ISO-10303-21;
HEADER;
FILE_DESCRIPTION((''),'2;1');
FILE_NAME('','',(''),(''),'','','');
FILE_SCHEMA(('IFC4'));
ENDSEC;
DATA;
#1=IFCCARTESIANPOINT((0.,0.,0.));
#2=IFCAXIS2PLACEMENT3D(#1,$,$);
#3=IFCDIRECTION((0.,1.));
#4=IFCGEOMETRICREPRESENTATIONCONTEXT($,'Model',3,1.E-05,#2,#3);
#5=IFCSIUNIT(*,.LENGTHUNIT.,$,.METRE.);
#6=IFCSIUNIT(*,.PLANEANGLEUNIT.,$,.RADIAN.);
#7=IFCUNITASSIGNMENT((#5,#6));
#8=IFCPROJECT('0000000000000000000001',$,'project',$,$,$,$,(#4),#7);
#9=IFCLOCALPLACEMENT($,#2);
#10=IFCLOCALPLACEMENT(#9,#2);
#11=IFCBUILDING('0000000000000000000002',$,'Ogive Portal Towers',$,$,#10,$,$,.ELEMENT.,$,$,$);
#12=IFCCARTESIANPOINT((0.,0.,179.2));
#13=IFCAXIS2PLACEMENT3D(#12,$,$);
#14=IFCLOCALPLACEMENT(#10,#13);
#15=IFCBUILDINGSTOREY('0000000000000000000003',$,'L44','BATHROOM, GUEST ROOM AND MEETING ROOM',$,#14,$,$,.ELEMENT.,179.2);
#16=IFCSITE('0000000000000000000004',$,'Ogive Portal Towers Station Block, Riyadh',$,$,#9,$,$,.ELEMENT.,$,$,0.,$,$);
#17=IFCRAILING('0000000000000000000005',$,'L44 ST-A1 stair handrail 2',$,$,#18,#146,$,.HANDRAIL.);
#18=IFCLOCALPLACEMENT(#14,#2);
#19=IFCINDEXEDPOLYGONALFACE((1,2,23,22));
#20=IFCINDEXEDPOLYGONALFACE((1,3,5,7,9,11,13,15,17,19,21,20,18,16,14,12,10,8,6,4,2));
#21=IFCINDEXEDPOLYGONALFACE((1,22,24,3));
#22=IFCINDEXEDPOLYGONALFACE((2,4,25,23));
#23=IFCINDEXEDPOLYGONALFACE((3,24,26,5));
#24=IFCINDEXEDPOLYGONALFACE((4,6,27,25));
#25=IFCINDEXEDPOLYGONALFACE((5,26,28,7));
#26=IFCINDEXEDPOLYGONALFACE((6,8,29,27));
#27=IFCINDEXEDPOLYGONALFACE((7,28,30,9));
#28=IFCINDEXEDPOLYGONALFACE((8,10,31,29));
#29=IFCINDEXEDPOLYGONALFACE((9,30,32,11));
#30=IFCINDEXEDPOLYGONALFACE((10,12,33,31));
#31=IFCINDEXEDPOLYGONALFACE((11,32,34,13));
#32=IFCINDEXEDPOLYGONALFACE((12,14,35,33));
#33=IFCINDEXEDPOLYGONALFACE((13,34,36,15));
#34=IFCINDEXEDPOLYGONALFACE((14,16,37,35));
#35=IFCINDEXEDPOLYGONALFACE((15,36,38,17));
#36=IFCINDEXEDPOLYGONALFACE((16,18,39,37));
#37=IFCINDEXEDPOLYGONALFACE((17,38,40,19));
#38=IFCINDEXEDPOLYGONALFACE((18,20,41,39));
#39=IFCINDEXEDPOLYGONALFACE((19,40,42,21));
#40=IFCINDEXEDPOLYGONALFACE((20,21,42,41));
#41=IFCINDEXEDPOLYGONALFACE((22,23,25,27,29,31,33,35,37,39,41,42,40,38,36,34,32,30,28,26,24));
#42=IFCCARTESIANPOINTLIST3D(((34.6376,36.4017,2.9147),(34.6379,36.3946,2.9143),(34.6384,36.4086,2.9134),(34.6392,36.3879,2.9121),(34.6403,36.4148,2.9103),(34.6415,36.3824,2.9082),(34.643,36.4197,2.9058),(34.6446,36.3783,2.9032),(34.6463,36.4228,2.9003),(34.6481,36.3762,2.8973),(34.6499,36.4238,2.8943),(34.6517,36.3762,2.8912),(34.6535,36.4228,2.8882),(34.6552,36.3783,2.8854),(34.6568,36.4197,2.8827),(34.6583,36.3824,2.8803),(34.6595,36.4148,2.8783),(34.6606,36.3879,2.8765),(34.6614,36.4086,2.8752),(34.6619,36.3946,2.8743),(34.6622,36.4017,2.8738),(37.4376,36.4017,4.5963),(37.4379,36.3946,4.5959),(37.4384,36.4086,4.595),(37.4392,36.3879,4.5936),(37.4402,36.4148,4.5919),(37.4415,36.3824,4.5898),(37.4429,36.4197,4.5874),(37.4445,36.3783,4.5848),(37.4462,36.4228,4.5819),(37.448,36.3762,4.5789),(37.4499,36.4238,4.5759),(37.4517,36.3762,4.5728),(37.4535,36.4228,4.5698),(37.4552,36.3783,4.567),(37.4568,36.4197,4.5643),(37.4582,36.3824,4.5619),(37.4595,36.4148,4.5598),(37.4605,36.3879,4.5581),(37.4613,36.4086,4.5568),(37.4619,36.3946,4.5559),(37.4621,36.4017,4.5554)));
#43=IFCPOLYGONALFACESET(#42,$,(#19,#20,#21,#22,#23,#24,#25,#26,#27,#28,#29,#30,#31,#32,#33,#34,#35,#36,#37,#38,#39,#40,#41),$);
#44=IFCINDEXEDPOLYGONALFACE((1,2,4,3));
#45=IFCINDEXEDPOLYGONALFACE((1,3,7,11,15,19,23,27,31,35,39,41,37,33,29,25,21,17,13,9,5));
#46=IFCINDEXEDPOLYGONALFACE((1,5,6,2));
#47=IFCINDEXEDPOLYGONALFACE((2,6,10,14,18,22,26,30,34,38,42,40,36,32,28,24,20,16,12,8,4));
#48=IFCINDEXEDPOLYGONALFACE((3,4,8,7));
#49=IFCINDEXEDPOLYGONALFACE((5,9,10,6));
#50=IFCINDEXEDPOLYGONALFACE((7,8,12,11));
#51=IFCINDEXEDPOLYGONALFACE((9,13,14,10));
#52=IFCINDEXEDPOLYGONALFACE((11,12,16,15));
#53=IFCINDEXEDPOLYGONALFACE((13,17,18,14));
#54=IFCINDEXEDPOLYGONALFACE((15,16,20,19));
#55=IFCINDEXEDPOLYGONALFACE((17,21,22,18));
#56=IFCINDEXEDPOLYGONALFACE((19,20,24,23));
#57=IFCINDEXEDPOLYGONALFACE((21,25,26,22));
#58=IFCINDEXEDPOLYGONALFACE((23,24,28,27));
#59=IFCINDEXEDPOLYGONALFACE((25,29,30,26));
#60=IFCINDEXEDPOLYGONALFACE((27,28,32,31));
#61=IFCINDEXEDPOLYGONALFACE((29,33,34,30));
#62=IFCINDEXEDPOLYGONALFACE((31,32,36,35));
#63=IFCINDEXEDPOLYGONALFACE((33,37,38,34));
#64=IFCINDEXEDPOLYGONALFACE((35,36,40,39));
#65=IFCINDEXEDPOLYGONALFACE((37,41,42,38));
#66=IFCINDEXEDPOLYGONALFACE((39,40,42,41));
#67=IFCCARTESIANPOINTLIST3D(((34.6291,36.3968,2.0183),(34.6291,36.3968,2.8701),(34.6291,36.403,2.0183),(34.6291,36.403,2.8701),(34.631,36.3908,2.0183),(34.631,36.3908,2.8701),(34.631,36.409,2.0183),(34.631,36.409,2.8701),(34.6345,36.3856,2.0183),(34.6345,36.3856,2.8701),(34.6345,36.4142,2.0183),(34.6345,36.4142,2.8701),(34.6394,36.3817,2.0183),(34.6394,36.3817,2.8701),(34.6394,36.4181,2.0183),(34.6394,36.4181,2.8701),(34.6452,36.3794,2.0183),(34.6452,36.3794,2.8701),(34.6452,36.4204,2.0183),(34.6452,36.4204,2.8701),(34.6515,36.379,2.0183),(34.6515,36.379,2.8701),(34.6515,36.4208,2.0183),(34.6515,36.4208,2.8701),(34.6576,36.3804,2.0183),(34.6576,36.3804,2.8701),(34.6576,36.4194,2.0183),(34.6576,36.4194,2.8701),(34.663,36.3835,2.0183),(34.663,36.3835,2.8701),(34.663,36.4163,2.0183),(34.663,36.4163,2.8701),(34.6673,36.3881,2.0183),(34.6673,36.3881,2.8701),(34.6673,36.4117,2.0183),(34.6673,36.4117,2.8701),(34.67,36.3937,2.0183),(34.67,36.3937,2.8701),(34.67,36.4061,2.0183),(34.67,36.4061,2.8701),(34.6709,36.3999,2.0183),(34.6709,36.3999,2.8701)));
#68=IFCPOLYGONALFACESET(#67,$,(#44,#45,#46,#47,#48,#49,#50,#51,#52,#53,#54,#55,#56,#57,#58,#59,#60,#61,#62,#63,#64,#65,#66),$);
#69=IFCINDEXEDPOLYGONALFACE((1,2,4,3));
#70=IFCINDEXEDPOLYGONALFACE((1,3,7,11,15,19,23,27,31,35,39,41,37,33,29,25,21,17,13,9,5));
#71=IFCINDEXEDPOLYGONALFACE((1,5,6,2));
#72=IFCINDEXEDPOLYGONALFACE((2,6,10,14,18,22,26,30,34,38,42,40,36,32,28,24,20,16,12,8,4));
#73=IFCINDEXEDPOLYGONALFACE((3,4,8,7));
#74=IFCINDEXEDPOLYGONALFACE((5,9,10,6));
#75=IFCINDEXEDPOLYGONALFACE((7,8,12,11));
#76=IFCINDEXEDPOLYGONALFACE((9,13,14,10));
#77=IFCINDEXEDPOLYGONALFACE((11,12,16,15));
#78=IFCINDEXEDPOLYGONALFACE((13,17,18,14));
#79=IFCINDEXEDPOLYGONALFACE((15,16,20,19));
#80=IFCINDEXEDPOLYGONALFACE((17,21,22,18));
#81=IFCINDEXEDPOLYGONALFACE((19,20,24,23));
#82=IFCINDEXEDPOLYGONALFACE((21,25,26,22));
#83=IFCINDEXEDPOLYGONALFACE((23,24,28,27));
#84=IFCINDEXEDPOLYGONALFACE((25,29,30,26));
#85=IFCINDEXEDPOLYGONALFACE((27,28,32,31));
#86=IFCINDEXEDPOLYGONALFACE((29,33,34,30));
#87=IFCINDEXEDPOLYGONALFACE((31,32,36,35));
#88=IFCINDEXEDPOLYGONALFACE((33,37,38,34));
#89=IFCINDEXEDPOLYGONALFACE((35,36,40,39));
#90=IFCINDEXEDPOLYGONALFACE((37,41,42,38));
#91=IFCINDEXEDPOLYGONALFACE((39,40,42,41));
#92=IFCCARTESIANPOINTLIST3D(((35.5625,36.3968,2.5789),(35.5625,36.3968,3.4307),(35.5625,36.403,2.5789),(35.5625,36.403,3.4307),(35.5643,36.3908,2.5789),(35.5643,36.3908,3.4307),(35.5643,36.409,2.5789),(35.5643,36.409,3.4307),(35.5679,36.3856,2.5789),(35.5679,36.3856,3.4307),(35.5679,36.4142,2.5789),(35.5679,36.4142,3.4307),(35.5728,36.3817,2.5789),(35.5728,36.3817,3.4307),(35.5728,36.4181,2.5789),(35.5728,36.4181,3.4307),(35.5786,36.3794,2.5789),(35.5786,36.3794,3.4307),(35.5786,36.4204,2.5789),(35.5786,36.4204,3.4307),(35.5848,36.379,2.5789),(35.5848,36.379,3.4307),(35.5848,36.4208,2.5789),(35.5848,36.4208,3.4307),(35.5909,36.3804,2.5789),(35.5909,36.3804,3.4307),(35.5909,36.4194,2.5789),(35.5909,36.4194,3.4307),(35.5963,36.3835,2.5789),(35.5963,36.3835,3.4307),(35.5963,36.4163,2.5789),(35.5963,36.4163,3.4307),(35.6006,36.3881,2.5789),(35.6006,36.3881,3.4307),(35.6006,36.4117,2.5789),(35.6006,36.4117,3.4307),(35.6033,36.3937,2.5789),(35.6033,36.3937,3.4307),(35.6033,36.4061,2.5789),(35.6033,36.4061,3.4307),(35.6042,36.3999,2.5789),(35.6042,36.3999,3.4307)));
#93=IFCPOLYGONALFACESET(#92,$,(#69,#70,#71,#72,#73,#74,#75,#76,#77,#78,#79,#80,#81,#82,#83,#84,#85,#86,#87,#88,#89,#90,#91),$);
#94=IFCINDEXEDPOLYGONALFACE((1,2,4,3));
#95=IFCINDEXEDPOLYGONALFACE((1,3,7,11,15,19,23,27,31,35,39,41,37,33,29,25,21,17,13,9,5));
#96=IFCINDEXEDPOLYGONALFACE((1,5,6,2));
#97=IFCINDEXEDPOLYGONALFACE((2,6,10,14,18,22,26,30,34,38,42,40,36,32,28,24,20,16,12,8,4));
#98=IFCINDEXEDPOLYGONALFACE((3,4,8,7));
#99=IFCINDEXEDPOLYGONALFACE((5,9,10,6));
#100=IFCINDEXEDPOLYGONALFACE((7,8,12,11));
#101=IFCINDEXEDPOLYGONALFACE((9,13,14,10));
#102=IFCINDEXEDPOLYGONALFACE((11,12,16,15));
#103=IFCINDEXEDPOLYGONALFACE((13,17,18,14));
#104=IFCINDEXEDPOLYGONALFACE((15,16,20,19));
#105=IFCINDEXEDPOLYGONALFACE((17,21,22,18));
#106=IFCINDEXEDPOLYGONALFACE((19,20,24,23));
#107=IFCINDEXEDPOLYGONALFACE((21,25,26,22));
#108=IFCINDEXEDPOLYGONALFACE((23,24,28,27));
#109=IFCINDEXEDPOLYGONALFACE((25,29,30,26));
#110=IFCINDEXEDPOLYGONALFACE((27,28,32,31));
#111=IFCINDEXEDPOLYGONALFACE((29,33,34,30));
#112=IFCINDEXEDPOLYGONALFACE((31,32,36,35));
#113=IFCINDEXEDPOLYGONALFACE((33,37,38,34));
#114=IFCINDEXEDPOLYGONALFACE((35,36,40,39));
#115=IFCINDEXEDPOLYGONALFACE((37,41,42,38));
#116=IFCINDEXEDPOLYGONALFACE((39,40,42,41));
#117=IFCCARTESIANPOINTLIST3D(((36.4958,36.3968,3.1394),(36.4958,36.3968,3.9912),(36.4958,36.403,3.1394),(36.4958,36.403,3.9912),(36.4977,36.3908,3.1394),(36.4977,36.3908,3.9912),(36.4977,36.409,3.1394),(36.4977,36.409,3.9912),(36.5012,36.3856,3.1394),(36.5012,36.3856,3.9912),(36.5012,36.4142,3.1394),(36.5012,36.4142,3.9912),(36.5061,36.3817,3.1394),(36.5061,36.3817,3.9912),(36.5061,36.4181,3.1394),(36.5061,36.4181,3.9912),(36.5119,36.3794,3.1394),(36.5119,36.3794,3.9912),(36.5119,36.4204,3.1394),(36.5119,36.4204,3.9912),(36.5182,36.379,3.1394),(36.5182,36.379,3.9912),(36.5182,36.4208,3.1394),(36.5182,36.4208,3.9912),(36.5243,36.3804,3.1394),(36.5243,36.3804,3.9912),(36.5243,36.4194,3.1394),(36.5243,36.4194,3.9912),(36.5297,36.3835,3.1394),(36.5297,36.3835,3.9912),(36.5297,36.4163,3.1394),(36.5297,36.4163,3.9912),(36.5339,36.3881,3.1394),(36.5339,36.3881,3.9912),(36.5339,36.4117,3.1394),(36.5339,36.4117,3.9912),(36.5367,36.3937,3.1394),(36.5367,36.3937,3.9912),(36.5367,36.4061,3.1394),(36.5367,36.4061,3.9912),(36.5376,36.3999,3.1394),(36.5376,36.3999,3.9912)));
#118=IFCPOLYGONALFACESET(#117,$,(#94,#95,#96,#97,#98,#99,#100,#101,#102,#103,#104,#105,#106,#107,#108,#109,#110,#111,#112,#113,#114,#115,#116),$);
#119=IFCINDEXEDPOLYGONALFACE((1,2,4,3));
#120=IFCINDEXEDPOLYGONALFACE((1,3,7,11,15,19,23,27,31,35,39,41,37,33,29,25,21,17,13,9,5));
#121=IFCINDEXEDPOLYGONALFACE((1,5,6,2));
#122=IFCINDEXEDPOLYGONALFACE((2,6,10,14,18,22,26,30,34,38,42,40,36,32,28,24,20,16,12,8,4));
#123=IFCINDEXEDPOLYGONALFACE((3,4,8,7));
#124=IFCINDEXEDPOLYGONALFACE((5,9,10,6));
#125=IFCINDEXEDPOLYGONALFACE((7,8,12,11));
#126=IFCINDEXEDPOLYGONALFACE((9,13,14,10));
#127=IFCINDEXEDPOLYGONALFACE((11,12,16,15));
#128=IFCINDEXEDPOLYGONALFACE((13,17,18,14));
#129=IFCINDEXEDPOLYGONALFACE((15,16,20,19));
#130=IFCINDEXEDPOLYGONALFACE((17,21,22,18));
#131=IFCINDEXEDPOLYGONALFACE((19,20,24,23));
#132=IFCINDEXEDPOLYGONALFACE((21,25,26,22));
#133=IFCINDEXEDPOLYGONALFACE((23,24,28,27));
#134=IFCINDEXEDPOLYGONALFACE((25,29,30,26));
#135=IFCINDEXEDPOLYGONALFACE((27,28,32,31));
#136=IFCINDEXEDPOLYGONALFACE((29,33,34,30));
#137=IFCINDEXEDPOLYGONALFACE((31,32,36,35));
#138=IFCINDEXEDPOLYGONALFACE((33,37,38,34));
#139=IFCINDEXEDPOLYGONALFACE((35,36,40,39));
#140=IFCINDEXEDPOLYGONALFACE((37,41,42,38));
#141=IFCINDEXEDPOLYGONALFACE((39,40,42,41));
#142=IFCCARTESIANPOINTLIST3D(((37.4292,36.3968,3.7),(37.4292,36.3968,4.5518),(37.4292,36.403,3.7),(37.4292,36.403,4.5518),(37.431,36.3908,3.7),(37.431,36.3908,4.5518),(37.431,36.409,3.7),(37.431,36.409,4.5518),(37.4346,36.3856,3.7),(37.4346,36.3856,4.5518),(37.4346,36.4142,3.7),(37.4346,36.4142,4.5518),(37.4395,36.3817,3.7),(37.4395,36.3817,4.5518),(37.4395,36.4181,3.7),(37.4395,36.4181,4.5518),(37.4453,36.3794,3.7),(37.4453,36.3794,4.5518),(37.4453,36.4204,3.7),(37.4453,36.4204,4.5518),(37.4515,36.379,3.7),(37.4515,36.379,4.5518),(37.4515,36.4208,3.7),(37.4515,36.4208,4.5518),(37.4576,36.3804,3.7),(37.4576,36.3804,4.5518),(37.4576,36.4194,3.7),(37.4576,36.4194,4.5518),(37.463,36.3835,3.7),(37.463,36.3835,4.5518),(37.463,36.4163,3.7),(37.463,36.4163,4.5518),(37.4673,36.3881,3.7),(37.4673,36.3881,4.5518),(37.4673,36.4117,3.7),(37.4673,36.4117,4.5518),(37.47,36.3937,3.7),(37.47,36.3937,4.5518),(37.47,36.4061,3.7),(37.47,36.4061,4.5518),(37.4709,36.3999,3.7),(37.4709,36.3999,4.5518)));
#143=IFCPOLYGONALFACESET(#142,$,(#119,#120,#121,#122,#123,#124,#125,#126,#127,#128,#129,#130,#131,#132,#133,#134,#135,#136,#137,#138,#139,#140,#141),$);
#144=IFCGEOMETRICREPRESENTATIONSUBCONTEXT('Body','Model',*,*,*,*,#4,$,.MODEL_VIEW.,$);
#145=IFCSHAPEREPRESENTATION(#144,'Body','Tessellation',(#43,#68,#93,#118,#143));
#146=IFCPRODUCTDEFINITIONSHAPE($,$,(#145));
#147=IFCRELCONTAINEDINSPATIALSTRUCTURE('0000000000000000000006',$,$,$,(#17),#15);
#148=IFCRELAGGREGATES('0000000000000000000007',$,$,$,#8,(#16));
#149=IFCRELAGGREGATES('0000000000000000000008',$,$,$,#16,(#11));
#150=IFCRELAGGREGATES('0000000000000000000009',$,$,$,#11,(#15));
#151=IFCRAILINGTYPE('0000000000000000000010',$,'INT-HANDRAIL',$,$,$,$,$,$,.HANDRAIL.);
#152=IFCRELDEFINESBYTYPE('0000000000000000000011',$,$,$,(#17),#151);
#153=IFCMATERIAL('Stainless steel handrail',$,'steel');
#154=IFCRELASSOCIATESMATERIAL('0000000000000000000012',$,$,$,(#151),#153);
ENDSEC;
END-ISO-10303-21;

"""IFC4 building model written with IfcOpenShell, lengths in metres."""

from ifc_helpers import new_model, si_unit, direction, frame, origin, origin_2d, place, context, subcontext, project, spatial, circle, extrude, material, type_object, element, save


model = new_model("IFC4")

# Units and contexts
model_context = context("Model", 3, precision=1e-05, world=origin(), true_north=direction((0.0, 1.0)))
body_context = subcontext(model_context, "Body", "Model", "MODEL_VIEW")
ifc_project = project(units=[si_unit("LENGTHUNIT", "METRE"), si_unit("PLANEANGLEUNIT", "RADIAN")], contexts=[model_context])

# Site, building, storey
site_placement = place(None, origin())
site = spatial("IfcSite", under=ifc_project, at=site_placement, Name="Ogive Portal Towers Station Block, Riyadh", CompositionType="ELEMENT", RefElevation=0.0)
building_placement = place(site_placement, origin())
building = spatial("IfcBuilding", under=site, at=building_placement, Name="Ogive Portal Towers", CompositionType="ELEMENT")
storey_placement = place(building_placement, frame((0.0, 0.0, 179.2)))
storey = spatial("IfcBuildingStorey", under=building, at=storey_placement, Name="L44", Description="BATHROOM, GUEST ROOM AND MEETING ROOM", CompositionType="ELEMENT", Elevation=179.2)

# Railing
ifc_material_1 = material(Name="Stainless steel handrail", Category="steel")
railing_type_1 = type_object("IfcRailingType", Name="INT-HANDRAIL", PredefinedType="HANDRAIL", material=ifc_material_1)
railing_1_placement = place(storey_placement, frame((34.6499, 36.3999, 2.0183)))
element("IfcRailing", 1, at=railing_1_placement, inside=storey, type_object=railing_type_1, Name="L44 ST-A1 stair handrail 2", PredefinedType="HANDRAIL", context=body_context, shape_type="SweptSolid", body=[
    extrude(circle(Radius=0.0239, at=origin_2d()), frame((0.0, 0.0, 0.876), z_axis=(0.857275, 0.0, 0.514858), x_axis=(0.0, 1.0, 0.0)), (0.0, 0.0, 1.0), 3.2661),
    extrude(circle(Radius=0.021, at=origin_2d()), origin(), (0.0, 0.0, 1.0), 0.8518),
    extrude(circle(Radius=0.021, at=origin_2d()), frame((0.9333, 0.0, 0.5605)), (0.0, 0.0, 1.0), 0.8518),
    extrude(circle(Radius=0.021, at=origin_2d()), frame((1.8667, 0.0, 1.1211)), (0.0, 0.0, 1.0), 0.8518),
    extrude(circle(Radius=0.021, at=origin_2d()), frame((2.8, 0.0, 1.6816)), (0.0, 0.0, 1.0), 0.8518),
])

save(model, "model.ifc")
